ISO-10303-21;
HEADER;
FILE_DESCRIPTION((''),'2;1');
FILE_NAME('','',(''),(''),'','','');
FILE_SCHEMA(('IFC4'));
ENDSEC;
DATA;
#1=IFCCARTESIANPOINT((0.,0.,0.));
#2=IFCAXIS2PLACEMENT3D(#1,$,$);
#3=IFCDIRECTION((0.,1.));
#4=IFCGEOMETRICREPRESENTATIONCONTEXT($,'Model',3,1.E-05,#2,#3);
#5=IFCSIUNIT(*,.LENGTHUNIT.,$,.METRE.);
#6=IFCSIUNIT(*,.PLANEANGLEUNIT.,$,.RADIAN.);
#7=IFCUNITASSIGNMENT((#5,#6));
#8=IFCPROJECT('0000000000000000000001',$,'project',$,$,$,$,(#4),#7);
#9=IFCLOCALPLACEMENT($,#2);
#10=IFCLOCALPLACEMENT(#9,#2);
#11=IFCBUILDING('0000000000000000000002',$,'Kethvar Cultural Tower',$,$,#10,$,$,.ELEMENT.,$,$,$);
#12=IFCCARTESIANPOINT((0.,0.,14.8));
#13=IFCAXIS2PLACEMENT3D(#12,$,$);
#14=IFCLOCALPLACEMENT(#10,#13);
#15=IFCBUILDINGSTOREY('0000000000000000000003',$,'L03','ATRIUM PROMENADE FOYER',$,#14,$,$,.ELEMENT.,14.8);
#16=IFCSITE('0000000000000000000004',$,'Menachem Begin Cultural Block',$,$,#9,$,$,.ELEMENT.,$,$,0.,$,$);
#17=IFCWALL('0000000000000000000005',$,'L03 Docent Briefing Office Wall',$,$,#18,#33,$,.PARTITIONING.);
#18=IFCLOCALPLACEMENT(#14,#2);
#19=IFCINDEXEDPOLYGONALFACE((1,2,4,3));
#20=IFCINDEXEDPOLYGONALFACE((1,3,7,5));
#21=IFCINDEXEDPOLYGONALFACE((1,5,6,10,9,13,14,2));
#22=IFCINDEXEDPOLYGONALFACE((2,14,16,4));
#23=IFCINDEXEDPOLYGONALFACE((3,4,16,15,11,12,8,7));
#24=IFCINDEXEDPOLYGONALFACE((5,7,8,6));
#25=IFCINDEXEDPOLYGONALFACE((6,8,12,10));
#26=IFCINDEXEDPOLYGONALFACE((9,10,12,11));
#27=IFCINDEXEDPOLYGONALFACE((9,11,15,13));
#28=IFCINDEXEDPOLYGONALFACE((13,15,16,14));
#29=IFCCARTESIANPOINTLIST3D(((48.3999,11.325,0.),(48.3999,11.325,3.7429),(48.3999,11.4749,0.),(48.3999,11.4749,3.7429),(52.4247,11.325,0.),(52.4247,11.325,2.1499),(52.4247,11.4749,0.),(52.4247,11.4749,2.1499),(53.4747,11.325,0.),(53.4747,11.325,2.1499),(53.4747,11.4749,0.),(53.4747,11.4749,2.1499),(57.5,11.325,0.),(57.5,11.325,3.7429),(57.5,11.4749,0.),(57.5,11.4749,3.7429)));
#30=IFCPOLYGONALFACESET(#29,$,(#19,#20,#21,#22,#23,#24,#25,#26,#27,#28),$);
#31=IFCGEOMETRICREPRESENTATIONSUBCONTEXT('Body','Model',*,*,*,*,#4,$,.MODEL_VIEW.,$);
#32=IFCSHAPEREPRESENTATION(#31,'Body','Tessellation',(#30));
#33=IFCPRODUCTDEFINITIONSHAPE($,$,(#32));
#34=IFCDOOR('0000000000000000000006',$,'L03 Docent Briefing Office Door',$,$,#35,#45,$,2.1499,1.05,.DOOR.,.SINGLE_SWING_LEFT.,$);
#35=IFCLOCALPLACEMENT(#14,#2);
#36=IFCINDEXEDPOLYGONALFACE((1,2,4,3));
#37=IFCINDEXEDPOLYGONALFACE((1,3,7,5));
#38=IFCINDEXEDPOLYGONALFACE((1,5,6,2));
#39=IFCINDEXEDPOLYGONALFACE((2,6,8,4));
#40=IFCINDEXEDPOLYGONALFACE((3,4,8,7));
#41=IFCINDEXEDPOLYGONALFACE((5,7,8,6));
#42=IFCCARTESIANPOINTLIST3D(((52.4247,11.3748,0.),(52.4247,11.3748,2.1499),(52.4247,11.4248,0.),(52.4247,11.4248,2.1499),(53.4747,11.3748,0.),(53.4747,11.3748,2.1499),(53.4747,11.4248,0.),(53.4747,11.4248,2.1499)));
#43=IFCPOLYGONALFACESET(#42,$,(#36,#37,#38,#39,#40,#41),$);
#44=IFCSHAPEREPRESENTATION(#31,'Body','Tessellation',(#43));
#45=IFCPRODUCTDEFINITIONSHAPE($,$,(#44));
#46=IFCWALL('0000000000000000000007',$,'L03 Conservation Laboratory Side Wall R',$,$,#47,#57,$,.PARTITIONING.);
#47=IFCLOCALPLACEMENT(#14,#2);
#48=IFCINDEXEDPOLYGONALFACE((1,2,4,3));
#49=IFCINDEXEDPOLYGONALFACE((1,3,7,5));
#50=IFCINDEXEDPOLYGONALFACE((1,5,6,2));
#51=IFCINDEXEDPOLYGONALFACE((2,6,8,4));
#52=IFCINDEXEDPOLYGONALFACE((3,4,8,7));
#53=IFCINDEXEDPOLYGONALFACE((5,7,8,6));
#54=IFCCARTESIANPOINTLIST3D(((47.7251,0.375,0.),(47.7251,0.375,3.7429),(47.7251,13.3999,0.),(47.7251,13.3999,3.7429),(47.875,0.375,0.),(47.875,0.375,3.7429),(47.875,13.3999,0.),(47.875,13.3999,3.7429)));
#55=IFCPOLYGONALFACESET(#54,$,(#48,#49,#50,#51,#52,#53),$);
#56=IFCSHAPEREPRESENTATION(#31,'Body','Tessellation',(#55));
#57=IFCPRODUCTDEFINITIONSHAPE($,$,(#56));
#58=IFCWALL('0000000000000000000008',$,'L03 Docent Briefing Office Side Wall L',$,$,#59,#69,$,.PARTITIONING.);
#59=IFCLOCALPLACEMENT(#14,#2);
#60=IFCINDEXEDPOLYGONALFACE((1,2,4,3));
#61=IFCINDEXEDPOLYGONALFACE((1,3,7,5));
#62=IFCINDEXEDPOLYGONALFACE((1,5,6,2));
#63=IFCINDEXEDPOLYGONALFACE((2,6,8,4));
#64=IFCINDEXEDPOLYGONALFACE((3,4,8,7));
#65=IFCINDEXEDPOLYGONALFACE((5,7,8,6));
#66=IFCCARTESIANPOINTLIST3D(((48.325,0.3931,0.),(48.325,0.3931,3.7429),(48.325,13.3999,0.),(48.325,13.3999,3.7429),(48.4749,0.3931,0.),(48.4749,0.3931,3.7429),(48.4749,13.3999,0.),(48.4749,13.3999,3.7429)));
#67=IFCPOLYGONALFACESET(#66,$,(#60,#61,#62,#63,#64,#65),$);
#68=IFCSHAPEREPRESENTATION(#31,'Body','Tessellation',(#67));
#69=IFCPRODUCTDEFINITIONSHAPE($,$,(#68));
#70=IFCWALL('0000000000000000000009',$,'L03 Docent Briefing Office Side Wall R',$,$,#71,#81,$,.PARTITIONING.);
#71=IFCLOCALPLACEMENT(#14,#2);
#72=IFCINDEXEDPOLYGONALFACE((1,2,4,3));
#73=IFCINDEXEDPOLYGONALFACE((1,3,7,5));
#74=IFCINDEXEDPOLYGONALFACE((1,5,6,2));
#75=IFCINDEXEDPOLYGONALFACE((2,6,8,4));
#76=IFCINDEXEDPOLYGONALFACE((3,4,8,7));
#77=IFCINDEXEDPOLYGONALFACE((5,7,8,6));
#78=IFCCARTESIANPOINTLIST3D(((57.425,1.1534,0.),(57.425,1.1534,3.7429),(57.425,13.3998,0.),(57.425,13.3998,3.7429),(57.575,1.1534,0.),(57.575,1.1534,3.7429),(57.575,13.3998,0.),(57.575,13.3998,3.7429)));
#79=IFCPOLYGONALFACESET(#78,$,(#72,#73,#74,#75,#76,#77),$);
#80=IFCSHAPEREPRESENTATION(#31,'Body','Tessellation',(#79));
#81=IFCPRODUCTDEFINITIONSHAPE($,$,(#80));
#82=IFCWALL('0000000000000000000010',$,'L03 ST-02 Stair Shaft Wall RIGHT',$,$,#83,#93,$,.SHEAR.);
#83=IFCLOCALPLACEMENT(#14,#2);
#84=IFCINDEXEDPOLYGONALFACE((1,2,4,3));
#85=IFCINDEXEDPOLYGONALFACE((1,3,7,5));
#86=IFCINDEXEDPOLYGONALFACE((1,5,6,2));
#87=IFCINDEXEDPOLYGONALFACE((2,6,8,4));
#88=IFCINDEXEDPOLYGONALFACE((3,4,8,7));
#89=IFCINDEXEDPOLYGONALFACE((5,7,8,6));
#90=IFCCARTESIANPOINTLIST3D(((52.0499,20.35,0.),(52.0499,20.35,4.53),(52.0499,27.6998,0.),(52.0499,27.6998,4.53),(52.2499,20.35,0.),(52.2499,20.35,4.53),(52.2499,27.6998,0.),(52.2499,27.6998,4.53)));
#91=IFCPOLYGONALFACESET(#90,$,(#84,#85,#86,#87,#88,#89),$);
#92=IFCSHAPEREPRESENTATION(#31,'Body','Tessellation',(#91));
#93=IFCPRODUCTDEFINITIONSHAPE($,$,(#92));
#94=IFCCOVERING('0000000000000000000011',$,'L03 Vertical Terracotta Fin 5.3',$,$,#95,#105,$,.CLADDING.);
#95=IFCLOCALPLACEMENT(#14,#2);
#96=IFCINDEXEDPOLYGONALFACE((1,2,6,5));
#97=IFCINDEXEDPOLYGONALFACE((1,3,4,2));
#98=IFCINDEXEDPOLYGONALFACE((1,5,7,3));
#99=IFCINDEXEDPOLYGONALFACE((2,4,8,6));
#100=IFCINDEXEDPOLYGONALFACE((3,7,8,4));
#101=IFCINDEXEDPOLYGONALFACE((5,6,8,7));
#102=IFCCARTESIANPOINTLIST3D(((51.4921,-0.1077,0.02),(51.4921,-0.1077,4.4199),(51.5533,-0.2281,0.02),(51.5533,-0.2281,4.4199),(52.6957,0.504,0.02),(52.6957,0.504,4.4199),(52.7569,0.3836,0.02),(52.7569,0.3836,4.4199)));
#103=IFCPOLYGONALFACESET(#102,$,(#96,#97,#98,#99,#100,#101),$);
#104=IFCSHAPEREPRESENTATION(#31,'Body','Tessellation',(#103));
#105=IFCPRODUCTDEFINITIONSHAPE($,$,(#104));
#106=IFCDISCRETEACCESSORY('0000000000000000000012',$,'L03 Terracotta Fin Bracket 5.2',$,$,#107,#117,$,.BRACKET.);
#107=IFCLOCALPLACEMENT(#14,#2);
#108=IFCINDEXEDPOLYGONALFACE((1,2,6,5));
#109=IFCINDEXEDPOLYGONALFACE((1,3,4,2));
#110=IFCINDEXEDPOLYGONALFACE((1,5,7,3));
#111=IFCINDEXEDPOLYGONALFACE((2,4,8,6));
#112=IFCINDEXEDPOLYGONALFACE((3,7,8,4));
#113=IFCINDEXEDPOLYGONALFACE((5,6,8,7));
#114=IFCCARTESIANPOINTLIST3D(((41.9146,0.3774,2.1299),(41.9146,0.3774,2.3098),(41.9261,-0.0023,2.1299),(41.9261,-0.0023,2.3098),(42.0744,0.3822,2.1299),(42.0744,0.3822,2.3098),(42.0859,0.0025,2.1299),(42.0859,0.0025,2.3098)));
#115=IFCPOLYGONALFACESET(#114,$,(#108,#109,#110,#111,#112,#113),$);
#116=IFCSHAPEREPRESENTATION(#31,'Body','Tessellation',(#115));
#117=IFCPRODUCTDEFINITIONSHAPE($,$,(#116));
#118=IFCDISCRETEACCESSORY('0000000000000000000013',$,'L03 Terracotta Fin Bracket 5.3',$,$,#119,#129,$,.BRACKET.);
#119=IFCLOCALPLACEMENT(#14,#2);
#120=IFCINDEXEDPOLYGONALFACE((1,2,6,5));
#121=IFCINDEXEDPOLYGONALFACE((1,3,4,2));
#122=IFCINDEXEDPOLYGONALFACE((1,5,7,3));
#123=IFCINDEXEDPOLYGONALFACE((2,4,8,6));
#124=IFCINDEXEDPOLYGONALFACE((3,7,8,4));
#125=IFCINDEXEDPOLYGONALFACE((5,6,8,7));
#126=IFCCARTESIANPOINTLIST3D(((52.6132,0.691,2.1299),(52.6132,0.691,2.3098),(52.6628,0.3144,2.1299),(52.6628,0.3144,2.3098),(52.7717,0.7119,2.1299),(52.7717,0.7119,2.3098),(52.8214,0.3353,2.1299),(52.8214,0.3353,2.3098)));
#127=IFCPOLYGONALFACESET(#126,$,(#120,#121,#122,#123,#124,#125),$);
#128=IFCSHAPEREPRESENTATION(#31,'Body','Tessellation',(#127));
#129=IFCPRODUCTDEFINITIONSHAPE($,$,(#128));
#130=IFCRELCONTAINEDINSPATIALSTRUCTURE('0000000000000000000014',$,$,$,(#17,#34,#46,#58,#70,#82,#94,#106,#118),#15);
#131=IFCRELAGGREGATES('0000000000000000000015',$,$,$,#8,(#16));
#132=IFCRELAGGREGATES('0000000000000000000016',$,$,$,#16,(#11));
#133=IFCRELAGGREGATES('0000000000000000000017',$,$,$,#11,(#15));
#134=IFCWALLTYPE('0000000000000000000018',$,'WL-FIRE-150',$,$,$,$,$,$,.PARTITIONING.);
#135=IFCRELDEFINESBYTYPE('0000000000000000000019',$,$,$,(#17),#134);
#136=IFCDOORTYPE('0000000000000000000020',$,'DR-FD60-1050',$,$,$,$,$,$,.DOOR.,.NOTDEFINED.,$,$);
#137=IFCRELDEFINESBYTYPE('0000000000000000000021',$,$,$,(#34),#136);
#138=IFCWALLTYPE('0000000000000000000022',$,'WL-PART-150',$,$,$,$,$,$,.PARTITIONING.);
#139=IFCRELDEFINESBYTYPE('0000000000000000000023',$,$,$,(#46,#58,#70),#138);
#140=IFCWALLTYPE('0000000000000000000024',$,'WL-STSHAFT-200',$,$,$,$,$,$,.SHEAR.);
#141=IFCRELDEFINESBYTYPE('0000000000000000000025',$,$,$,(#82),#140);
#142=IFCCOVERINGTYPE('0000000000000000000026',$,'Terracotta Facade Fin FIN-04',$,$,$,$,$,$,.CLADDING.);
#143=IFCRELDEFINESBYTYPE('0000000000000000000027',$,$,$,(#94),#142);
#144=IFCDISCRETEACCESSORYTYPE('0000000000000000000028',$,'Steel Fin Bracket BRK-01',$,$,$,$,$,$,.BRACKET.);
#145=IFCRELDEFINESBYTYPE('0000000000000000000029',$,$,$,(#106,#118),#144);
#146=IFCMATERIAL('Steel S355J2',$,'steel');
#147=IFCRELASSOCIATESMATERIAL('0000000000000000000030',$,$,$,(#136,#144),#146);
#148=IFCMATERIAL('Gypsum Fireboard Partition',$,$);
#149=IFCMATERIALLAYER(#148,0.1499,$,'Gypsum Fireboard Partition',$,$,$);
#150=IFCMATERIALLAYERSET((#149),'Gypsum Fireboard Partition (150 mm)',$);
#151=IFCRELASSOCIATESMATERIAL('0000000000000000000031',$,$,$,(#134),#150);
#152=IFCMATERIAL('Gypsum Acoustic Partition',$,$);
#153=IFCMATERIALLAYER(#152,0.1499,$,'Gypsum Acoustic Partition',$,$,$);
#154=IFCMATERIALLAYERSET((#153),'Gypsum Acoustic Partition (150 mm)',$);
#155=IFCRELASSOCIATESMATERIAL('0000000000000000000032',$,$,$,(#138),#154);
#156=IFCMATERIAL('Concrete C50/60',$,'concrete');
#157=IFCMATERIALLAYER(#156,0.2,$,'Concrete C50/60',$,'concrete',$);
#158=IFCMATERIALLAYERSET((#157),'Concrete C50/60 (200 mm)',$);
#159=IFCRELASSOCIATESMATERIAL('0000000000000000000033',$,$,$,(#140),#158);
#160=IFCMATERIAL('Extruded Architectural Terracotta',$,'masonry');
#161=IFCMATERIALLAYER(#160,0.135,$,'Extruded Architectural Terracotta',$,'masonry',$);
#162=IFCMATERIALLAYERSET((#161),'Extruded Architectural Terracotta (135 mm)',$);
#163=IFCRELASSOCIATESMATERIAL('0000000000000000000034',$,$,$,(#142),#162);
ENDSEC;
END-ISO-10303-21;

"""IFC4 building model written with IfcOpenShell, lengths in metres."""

from ifc_helpers import new_model, si_unit, direction, frame, frame_2d, origin, origin_2d, place, context, subcontext, project, spatial, rectangle, extrude, source, transform, mapped, material, layer, layer_set, type_object, element, fill, save


model = new_model("IFC4")

# Units and contexts
model_context = context("Model", 3, precision=1e-05, world=origin(), true_north=direction((0.0, 1.0)))
body_context = subcontext(model_context, "Body", "Model", "MODEL_VIEW")
ifc_project = project(units=[si_unit("LENGTHUNIT", "METRE"), si_unit("PLANEANGLEUNIT", "RADIAN")], contexts=[model_context])

# Site, building, storey
site_placement = place(None, origin())
site = spatial("IfcSite", under=ifc_project, at=site_placement, Name="Menachem Begin Cultural Block", CompositionType="ELEMENT", RefElevation=0.0)
building_placement = place(site_placement, origin())
building = spatial("IfcBuilding", under=site, at=building_placement, Name="Kethvar Cultural Tower", CompositionType="ELEMENT")
storey_placement = place(building_placement, frame((0.0, 0.0, 14.8)))
storey = spatial("IfcBuildingStorey", under=building, at=storey_placement, Name="L03", Description="ATRIUM PROMENADE FOYER", CompositionType="ELEMENT", Elevation=14.8)

# Shared definitions
ifc_material_1 = material(Name="Steel S355J2", Category="steel")

# Shared definitions
door_type_1 = type_object("IfcDoorType", Name="DR-FD60-1050", OperationType="NOTDEFINED", PredefinedType="DOOR", material=ifc_material_1)
shared_shape_1 = source(origin(), body_context, "Body", "SweptSolid", [
    extrude(rectangle(XDim=1.05, YDim=2.1499, at=frame_2d((0.5249, 1.075))), frame((0.0, 0.0249, 0.0), z_axis=(0.0, -1.0, 0.0), x_axis=(1.0, 0.0, 0.0)), (0.0, 0.0, 1.0), 0.05),
])

# Shared definitions
ifc_material_2 = material(Name="Gypsum Fireboard Partition")
ifc_layer_1 = layer(ifc_material_2, 0.1499, Name="Gypsum Fireboard Partition")
ifc_layer_set_1 = layer_set([ifc_layer_1], Name="Gypsum Fireboard Partition (150 mm)")
wall_type_1 = type_object("IfcWallType", Name="WL-FIRE-150", PredefinedType="PARTITIONING", material=ifc_layer_set_1)

# Wall, opening, door
wall_1_placement = place(storey_placement, frame((48.3999, 11.3999, 0.0), z_axis=(0.0, 0.0, 1.0), x_axis=(1.0, 0.0, 0.0)))
wall_1 = element("IfcWall", 1, at=wall_1_placement, inside=storey, type_object=wall_type_1, Name="L03 Docent Briefing Office Wall", PredefinedType="PARTITIONING", context=body_context, shape_type="SweptSolid", body=[
    extrude(rectangle(XDim=9.1001, YDim=0.1499, at=frame_2d((4.55, 0.0))), origin(), (0.0, 0.0, 1.0), 3.7429),
])
opening_1_placement = place(wall_1_placement, frame((4.0249, 0.0, 0.0)))
opening_1 = element("IfcOpeningElement", 2, at=opening_1_placement, cuts=wall_1, PredefinedType="OPENING", context=body_context, shape_type="SweptSolid", body=[
    extrude(rectangle(XDim=1.05, YDim=2.1499, at=frame_2d((0.5249, 1.075))), frame((0.0, 0.085, 0.0), z_axis=(0.0, -1.0, 0.0), x_axis=(1.0, 0.0, 0.0)), (0.0, 0.0, 1.0), 0.1699),
])
door_1_placement = place(opening_1_placement, origin())
door_1 = element("IfcDoor", 3, at=door_1_placement, inside=storey, type_object=door_type_1, Name="L03 Docent Briefing Office Door", OperationType="SINGLE_SWING_LEFT", OverallHeight=2.1499, OverallWidth=1.05, PredefinedType="DOOR", context=body_context, shape_type="MappedRepresentation", body=[
    mapped(shared_shape_1, transform((0.0, 0.0, 0.0), scale=1.0)),
])
fill(opening_1, door_1)

# Walls
ifc_material_3 = material(Name="Gypsum Acoustic Partition")
ifc_layer_2 = layer(ifc_material_3, 0.1499, Name="Gypsum Acoustic Partition")
ifc_layer_set_2 = layer_set([ifc_layer_2], Name="Gypsum Acoustic Partition (150 mm)")
wall_type_2 = type_object("IfcWallType", Name="WL-PART-150", PredefinedType="PARTITIONING", material=ifc_layer_set_2)
wall_2_placement = place(storey_placement, frame((47.8, 0.375, 0.0), z_axis=(0.0, 0.0, 1.0), x_axis=(0.0, 1.0, 0.0)))
element("IfcWall", 4, at=wall_2_placement, inside=storey, type_object=wall_type_2, Name="L03 Conservation Laboratory Side Wall R", PredefinedType="PARTITIONING", context=body_context, shape_type="SweptSolid", body=[
    extrude(rectangle(XDim=13.0249, YDim=0.1499, at=frame_2d((6.5125, 0.0))), origin(), (0.0, 0.0, 1.0), 3.7429),
])
wall_3_placement = place(storey_placement, frame((48.3999, 0.3931, 0.0), z_axis=(0.0, 0.0, 1.0), x_axis=(0.0, 1.0, 0.0)))
element("IfcWall", 5, at=wall_3_placement, inside=storey, type_object=wall_type_2, Name="L03 Docent Briefing Office Side Wall L", PredefinedType="PARTITIONING", context=body_context, shape_type="SweptSolid", body=[
    extrude(rectangle(XDim=13.0068, YDim=0.1499, at=frame_2d((6.5034, 0.0))), origin(), (0.0, 0.0, 1.0), 3.7429),
])
wall_4_placement = place(storey_placement, frame((57.5, 1.1536, 0.0), z_axis=(0.0, 0.0, 1.0), x_axis=(0.0, 1.0, 0.0)))
element("IfcWall", 6, at=wall_4_placement, inside=storey, type_object=wall_type_2, Name="L03 Docent Briefing Office Side Wall R", PredefinedType="PARTITIONING", context=body_context, shape_type="SweptSolid", body=[
    extrude(rectangle(XDim=12.2463, YDim=0.1499, at=frame_2d((6.123, 0.0))), origin(), (0.0, 0.0, 1.0), 3.7429),
])
ifc_material_4 = material(Name="Concrete C50/60", Category="concrete")
ifc_layer_3 = layer(ifc_material_4, 0.2, Name="Concrete C50/60", Category="concrete")
ifc_layer_set_3 = layer_set([ifc_layer_3], Name="Concrete C50/60 (200 mm)")
wall_type_3 = type_object("IfcWallType", Name="WL-STSHAFT-200", PredefinedType="SHEAR", material=ifc_layer_set_3)
wall_5_placement = place(storey_placement, frame((52.1499, 20.3501, 0.0), z_axis=(0.0, 0.0, 1.0), x_axis=(0.0, 1.0, 0.0)))
element("IfcWall", 7, at=wall_5_placement, inside=storey, type_object=wall_type_3, Name="L03 ST-02 Stair Shaft Wall RIGHT", PredefinedType="SHEAR", context=body_context, shape_type="SweptSolid", body=[
    extrude(rectangle(XDim=7.3499, YDim=0.2, at=frame_2d((3.6748, 0.0))), origin(), (0.0, 0.0, 1.0), 4.53),
])

# Covering
ifc_material_5 = material(Name="Extruded Architectural Terracotta", Category="masonry")
ifc_layer_4 = layer(ifc_material_5, 0.135, Name="Extruded Architectural Terracotta", Category="masonry")
ifc_layer_set_4 = layer_set([ifc_layer_4], Name="Extruded Architectural Terracotta (135 mm)")
covering_type = type_object("IfcCoveringType", Name="Terracotta Facade Fin FIN-04", PredefinedType="CLADDING", material=ifc_layer_set_4)
shared_shape_2 = source(origin(), body_context, "Body", "SweptSolid", [
    extrude(rectangle(XDim=1.3501, YDim=0.135, at=origin_2d()), origin(), (0.0, 0.0, 1.0), 4.3999),
])
covering_placement = place(storey_placement, frame((52.1245, 0.1379, 0.02), z_axis=(0.0, 0.0, 1.0), x_axis=(-0.891481, -0.453057, 0.0)))
element("IfcCovering", 8, at=covering_placement, inside=storey, type_object=covering_type, Name="L03 Vertical Terracotta Fin 5.3", PredefinedType="CLADDING", context=body_context, shape_type="MappedRepresentation", body=[
    mapped(shared_shape_2, transform((0.0, 0.0, 0.0), scale=1.0)),
])

# Discrete accessories
discrete_accessory_type = type_object("IfcDiscreteAccessoryType", Name="Steel Fin Bracket BRK-01", PredefinedType="BRACKET", material=ifc_material_1)
shared_shape_3 = source(origin(), body_context, "Body", "SweptSolid", [
    extrude(rectangle(XDim=0.3799, YDim=0.1599, at=origin_2d()), origin(), (0.0, 0.0, 1.0), 0.1799),
])
for number, where, z_axis, x_axis, name in (
    (9, (42.0002, 0.1899, 2.1299), (0.0, 0.0, 1.0), (0.03019, -0.999544, 0.0), "L03 Terracotta Fin Bracket 5.2"),
    (10, (52.7173, 0.5132, 2.1299), (0.0, 0.0, 1.0), (0.130699, -0.991422, 0.0), "L03 Terracotta Fin Bracket 5.3"),
):
    element("IfcDiscreteAccessory", number, at=place(storey_placement, frame(where, z_axis=z_axis, x_axis=x_axis)), inside=storey, type_object=discrete_accessory_type, Name=name, PredefinedType="BRACKET", context=body_context, shape_type="MappedRepresentation", body=[
        mapped(shared_shape_3, transform((0.0, 0.0, 0.0), scale=1.0)),
    ])

save(model, "model.ifc")
